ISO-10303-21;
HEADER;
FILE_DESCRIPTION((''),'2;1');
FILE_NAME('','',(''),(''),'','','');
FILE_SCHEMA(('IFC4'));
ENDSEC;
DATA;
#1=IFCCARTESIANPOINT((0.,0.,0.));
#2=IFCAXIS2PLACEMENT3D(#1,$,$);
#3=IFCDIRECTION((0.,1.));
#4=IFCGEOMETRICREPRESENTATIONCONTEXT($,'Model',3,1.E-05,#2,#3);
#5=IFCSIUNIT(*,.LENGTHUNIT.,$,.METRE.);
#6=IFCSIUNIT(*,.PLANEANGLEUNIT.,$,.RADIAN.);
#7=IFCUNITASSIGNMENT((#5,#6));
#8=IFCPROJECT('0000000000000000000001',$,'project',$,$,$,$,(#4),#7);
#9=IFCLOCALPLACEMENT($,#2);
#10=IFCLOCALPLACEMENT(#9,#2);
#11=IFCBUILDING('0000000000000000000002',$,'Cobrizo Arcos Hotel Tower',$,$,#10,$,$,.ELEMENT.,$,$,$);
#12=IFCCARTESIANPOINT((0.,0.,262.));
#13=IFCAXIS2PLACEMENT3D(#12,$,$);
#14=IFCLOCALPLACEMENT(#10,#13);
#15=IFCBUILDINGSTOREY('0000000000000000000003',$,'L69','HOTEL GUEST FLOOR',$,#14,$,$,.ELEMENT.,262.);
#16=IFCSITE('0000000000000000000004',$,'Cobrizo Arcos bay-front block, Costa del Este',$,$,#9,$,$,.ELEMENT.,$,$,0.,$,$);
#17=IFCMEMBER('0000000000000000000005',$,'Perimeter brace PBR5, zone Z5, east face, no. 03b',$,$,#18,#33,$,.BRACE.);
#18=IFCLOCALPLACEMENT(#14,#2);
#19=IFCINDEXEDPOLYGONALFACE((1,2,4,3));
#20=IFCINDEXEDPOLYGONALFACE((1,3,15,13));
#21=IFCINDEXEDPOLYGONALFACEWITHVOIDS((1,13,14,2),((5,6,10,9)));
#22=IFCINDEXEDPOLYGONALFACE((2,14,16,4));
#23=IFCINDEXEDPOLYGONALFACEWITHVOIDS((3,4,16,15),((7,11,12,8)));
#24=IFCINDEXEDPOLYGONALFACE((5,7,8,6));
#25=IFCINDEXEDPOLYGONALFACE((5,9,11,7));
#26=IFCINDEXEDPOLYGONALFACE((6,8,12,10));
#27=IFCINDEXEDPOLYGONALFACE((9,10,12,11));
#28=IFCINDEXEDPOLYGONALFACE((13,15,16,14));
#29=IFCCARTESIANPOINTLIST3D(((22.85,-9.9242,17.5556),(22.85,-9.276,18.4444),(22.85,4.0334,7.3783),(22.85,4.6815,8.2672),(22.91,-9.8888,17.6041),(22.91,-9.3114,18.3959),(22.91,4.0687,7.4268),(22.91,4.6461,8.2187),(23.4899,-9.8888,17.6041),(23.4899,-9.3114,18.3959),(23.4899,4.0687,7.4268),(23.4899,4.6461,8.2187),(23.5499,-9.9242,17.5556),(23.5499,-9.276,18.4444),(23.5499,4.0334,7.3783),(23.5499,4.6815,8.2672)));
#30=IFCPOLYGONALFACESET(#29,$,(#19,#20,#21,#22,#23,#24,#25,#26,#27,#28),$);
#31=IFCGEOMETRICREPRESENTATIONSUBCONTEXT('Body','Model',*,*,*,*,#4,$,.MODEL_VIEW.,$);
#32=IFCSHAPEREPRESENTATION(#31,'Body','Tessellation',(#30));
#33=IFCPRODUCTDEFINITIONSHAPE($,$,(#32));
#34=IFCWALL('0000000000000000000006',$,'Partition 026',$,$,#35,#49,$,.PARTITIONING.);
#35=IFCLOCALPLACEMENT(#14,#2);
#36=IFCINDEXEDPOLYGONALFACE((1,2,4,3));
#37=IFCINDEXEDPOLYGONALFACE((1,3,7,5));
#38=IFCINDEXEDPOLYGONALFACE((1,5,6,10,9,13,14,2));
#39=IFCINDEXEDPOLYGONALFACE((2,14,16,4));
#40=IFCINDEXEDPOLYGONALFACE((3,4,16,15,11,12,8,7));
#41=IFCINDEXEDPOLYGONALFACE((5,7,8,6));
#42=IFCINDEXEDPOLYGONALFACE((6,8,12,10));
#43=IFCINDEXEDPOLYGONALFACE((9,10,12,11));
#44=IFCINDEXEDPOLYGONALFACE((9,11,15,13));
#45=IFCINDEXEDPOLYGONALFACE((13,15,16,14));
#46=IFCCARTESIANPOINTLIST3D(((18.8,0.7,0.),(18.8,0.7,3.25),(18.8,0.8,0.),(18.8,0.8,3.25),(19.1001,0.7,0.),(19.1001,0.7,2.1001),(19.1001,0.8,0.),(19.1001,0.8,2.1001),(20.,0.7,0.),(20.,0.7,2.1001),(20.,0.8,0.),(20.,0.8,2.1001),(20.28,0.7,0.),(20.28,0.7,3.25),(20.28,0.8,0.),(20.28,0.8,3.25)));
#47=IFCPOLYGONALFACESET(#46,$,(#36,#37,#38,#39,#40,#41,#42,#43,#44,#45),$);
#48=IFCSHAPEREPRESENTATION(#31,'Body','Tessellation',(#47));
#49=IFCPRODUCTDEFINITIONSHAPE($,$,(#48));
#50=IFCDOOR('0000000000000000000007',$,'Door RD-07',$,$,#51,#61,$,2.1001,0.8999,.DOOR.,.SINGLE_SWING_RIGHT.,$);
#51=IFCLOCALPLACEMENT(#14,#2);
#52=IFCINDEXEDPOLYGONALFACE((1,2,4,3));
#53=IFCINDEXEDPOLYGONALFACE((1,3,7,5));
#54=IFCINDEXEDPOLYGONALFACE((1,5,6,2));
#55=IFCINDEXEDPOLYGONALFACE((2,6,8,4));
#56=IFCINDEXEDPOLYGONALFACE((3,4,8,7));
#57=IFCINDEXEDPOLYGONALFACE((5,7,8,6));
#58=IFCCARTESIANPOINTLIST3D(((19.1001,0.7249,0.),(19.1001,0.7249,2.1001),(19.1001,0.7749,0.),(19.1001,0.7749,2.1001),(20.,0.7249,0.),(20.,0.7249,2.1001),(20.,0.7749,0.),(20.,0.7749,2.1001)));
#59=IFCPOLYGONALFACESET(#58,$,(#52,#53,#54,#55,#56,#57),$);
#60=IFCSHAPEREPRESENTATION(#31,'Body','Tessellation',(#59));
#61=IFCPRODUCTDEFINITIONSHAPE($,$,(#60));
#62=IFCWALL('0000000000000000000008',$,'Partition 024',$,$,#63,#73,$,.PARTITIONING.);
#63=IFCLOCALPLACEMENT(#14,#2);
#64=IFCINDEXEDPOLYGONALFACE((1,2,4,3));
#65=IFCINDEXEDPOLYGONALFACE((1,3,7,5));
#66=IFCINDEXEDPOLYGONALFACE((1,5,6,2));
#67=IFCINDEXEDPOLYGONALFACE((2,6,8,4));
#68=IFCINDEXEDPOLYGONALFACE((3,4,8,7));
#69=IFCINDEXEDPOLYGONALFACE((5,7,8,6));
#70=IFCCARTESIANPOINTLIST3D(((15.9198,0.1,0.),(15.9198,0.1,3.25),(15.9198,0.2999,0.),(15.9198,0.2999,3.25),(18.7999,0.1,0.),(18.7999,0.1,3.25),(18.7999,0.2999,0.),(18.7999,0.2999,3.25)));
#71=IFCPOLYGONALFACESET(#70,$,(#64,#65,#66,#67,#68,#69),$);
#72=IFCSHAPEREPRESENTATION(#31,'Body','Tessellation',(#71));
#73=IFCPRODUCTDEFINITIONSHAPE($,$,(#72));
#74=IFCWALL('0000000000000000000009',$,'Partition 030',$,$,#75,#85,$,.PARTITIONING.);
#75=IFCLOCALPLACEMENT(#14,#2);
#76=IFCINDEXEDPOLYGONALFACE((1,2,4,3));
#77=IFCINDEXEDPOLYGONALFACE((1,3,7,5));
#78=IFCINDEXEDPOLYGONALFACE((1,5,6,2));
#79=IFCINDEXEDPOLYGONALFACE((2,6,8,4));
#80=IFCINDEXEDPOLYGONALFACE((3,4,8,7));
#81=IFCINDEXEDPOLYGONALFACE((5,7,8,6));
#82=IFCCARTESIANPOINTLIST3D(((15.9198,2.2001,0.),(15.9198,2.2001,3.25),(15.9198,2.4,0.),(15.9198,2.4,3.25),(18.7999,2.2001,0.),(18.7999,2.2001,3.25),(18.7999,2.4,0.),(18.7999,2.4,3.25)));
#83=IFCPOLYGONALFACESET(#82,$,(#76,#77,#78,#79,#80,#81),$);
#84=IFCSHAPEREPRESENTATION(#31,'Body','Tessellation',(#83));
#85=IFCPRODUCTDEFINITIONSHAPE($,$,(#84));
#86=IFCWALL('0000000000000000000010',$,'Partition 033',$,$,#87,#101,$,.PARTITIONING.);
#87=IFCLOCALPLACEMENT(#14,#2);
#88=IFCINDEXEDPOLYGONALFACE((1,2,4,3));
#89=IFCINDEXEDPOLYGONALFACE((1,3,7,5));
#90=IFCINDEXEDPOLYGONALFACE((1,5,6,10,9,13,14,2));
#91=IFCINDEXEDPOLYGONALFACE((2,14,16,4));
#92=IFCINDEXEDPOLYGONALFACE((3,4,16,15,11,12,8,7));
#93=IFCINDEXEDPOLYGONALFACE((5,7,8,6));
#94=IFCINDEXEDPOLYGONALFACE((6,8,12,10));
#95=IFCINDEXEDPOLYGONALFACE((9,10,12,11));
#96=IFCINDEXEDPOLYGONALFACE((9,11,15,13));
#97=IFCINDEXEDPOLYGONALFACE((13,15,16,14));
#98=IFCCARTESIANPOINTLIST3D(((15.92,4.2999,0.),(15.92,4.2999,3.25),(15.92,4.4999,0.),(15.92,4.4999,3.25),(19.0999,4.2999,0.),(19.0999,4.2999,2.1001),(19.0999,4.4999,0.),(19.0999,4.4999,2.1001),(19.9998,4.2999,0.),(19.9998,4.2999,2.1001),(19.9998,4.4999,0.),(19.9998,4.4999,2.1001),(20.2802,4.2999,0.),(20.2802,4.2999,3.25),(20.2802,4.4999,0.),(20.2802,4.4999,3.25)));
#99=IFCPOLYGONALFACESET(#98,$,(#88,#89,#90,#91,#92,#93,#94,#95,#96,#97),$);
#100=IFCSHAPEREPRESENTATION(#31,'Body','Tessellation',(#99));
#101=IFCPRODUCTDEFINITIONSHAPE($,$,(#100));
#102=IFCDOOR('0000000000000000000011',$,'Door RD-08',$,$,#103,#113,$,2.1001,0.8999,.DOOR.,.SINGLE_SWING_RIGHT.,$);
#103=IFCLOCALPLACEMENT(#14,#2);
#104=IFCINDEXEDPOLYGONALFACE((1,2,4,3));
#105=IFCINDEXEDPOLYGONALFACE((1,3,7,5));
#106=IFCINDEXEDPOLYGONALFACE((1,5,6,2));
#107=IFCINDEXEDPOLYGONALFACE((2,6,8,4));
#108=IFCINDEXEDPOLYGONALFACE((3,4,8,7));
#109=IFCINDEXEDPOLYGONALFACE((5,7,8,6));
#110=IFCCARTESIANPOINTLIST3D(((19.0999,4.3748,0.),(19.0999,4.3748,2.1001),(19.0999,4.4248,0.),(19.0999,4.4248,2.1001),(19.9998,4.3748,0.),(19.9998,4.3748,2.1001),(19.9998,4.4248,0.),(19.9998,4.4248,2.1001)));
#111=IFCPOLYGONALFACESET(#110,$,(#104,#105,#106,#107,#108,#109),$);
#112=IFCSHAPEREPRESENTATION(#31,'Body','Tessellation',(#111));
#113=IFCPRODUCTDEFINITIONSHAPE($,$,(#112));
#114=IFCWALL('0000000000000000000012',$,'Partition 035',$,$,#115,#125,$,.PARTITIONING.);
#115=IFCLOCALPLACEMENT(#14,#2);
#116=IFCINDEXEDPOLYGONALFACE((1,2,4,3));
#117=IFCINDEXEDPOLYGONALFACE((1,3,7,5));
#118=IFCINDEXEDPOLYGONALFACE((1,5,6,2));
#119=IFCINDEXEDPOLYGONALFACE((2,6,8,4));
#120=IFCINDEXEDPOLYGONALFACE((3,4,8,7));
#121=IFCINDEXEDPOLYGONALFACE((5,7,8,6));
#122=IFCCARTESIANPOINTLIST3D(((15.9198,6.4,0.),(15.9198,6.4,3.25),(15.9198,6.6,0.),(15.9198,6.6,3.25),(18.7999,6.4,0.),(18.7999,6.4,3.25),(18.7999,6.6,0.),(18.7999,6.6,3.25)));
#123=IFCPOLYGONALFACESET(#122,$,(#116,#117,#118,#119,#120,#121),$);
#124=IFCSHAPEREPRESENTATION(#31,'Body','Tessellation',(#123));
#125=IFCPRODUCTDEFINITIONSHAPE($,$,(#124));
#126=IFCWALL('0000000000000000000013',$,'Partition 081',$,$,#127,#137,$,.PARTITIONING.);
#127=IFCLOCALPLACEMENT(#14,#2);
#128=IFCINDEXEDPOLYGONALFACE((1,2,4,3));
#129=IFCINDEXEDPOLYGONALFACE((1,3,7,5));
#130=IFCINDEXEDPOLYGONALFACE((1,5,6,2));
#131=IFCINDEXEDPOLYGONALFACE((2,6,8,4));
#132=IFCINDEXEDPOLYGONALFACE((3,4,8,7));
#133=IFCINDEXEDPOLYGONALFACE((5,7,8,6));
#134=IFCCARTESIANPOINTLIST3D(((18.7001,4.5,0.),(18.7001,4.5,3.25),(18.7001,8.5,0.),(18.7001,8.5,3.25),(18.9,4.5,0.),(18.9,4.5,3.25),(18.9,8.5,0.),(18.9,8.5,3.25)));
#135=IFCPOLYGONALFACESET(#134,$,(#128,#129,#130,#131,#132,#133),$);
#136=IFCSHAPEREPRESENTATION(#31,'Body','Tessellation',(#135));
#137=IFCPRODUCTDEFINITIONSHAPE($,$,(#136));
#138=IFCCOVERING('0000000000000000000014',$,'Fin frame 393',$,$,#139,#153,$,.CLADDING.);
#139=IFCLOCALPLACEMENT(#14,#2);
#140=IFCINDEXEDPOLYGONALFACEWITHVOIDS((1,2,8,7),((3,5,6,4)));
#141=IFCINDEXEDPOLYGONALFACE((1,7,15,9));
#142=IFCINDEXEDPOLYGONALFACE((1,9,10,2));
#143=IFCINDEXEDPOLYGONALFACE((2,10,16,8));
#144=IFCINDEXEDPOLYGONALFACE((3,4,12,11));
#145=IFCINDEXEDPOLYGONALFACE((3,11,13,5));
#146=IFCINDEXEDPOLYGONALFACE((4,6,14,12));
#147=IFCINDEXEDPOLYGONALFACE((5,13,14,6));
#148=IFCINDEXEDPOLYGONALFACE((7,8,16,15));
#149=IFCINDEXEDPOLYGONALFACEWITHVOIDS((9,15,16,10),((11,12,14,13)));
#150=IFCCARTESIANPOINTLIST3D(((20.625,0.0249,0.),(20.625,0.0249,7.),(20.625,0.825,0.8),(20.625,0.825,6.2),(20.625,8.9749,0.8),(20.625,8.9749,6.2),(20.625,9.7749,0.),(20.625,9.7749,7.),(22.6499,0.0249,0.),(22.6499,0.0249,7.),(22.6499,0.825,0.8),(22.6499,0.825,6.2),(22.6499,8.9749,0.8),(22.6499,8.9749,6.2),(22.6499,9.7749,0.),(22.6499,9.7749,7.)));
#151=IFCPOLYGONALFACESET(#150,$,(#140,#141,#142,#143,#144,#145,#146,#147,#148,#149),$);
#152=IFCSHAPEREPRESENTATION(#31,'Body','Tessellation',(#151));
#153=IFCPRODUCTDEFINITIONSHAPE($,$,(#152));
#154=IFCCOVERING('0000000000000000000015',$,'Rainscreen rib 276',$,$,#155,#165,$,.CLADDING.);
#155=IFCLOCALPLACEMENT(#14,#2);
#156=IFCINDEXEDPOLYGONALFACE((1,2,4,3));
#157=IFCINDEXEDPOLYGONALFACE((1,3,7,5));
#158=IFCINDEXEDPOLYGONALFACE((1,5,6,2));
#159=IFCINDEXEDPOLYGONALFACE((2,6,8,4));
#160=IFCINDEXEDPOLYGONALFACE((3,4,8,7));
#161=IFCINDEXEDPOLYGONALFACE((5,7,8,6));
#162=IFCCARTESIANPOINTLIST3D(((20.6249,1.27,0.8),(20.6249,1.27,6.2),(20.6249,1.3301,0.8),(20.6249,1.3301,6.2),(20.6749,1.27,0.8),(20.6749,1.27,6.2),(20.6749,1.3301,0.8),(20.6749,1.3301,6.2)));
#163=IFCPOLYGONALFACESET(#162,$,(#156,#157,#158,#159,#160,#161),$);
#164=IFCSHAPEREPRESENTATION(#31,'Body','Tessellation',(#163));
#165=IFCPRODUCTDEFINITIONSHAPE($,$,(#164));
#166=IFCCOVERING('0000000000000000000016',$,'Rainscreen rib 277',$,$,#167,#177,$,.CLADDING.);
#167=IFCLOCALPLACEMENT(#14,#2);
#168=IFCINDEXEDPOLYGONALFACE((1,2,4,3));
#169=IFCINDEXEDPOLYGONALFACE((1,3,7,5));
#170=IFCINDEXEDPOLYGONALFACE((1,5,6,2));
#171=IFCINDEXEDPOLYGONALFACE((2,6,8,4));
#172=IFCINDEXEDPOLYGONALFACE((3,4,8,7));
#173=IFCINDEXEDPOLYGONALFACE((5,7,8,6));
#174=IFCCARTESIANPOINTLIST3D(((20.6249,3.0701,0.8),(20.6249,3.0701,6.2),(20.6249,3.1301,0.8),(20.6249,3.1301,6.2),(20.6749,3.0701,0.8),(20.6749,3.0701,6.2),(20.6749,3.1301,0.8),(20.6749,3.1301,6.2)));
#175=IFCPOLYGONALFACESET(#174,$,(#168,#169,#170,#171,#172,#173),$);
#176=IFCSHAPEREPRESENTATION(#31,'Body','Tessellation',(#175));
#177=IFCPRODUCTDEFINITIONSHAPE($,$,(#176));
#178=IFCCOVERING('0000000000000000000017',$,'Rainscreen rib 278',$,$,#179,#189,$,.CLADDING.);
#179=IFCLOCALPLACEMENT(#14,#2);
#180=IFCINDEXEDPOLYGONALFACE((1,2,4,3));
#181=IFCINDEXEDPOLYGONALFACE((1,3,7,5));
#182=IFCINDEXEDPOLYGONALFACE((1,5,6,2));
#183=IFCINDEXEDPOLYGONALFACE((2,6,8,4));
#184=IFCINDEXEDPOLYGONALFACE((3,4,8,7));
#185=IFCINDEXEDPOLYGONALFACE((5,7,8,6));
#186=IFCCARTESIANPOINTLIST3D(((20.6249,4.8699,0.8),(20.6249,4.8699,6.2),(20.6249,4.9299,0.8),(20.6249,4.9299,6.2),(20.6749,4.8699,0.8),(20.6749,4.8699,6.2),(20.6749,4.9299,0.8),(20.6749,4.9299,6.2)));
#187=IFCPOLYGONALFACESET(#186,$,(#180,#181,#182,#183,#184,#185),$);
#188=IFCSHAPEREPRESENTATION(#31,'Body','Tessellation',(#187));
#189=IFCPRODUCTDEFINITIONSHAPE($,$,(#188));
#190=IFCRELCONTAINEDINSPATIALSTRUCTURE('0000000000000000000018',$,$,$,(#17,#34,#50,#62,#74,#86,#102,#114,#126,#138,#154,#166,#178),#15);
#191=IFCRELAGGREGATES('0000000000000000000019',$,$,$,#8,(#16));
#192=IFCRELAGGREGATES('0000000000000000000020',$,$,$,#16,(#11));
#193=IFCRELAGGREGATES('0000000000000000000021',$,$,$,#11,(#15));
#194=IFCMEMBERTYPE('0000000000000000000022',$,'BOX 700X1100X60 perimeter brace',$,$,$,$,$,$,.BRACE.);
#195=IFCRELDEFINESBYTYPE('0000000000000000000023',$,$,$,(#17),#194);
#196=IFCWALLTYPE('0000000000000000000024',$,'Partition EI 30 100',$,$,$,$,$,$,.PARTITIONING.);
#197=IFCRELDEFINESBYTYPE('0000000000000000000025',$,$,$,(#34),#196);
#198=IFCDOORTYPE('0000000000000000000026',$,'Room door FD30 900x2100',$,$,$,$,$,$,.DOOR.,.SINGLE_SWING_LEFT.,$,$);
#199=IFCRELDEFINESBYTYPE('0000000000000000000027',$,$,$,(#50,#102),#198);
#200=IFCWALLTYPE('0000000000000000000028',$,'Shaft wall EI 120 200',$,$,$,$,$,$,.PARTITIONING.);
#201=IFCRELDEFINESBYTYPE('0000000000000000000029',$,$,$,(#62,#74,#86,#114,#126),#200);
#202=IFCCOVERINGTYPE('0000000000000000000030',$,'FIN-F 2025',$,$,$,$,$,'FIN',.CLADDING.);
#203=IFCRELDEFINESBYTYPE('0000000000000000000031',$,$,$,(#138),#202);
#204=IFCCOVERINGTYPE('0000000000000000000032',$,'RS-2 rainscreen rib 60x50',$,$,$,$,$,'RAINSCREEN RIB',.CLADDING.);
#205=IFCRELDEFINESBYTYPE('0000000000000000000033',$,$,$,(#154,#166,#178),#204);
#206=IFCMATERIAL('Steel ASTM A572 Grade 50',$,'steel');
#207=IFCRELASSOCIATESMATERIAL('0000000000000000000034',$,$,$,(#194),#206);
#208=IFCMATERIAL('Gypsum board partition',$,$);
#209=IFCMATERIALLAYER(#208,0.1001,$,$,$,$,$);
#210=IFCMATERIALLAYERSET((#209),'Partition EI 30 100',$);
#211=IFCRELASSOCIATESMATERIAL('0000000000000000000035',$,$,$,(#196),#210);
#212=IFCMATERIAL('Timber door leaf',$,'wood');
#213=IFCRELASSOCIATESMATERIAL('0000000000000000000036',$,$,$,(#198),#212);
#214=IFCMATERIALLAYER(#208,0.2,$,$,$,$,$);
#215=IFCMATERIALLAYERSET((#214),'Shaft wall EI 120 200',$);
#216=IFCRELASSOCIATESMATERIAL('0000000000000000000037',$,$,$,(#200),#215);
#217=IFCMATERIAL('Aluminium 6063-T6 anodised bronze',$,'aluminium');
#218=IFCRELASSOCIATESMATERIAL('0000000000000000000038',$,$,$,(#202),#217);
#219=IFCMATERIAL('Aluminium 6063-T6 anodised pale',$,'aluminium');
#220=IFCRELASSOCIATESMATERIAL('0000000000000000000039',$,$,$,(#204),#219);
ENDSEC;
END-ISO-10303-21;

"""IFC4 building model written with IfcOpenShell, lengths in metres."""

from ifc_helpers import new_model, si_unit, direction, frame, frame_2d, origin, origin_2d, place, context, subcontext, project, spatial, polyline, rectangle, hollow_rectangle, outline, extrude, material, layer, layer_set, material_profile, profile_set, type_object, element, fill, save


model = new_model("IFC4")

# Units and contexts
model_context = context("Model", 3, precision=1e-05, world=origin(), true_north=direction((0.0, 1.0)))
body_context = subcontext(model_context, "Body", "Model", "MODEL_VIEW")
ifc_project = project(units=[si_unit("LENGTHUNIT", "METRE"), si_unit("PLANEANGLEUNIT", "RADIAN")], contexts=[model_context])

# Site, building, storey
site_placement = place(None, origin())
site = spatial("IfcSite", under=ifc_project, at=site_placement, Name="Cobrizo Arcos bay-front block, Costa del Este", CompositionType="ELEMENT", RefElevation=0.0)
building_placement = place(site_placement, origin())
building = spatial("IfcBuilding", under=site, at=building_placement, Name="Cobrizo Arcos Hotel Tower", CompositionType="ELEMENT")
storey_placement = place(building_placement, frame((0.0, 0.0, 262.0)))
storey = spatial("IfcBuildingStorey", under=building, at=storey_placement, Name="L69", Description="HOTEL GUEST FLOOR", CompositionType="ELEMENT", Elevation=262.0)

# Member
ifc_material_1 = material(Name="Steel ASTM A572 Grade 50", Category="steel")
ifc_material_profile = material_profile(ifc_material_1, hollow_rectangle(XDim=0.7, YDim=1.1001, WallThickness=0.0601, at=origin_2d()), Name="BOX 700X1100X60")
ifc_profile_set = profile_set([ifc_material_profile], Name="Steel ASTM A572 Grade 50")
member_type = type_object("IfcMemberType", Name="BOX 700X1100X60 perimeter brace", PredefinedType="BRACE", material=ifc_profile_set)
member_placement = place(storey_placement, frame((23.2, 4.3574, 7.8228), z_axis=(0.0, -0.808011, 0.589168), x_axis=(1.0, 0.0, 0.0)))
element("IfcMember", 1, at=member_placement, inside=storey, type_object=member_type, Name="Perimeter brace PBR5, zone Z5, east face, no. 03b", PredefinedType="BRACE", context=body_context, shape_type="SweptSolid", body=[
    extrude(hollow_rectangle(XDim=0.7, YDim=1.1001, WallThickness=0.0601, at=origin_2d()), origin(), (0.0, 0.0, 1.0), 17.2739),
])

# Wall, opening, door
ifc_material_2 = material(Name="Gypsum board partition")
ifc_layer_1 = layer(ifc_material_2, 0.1001)
ifc_layer_set_1 = layer_set([ifc_layer_1], Name="Partition EI 30 100")
wall_type_1 = type_object("IfcWallType", Name="Partition EI 30 100", PredefinedType="PARTITIONING", material=ifc_layer_set_1)
wall_1_placement = place(storey_placement, frame((18.8, 0.75, 0.0), z_axis=(0.0, 0.0, 1.0), x_axis=(1.0, 0.0, 0.0)))
wall_1 = element("IfcWall", 2, at=wall_1_placement, inside=storey, type_object=wall_type_1, Name="Partition 026", PredefinedType="PARTITIONING", context=body_context, shape_type="SweptSolid", body=[
    extrude(rectangle(XDim=1.48, YDim=0.1001, at=frame_2d((0.74, 0.0))), origin(), (0.0, 0.0, 1.0), 3.25),
])
opening_1_placement = place(wall_1_placement, frame((0.3, 0.0, 0.0)))
opening_1 = element("IfcOpeningElement", 3, at=opening_1_placement, cuts=wall_1, PredefinedType="OPENING", context=body_context, shape_type="SweptSolid", body=[
    extrude(rectangle(XDim=0.8999, YDim=2.1001, at=frame_2d((0.45, 1.05))), frame((0.0, 0.062, 0.0), z_axis=(0.0, -1.0, 0.0), x_axis=(1.0, 0.0, 0.0)), (0.0, 0.0, 1.0), 0.124),
])
ifc_material_3 = material(Name="Timber door leaf", Category="wood")
door_type = type_object("IfcDoorType", Name="Room door FD30 900x2100", OperationType="SINGLE_SWING_LEFT", PredefinedType="DOOR", material=ifc_material_3)
door_1_placement = place(opening_1_placement, origin())
door_1 = element("IfcDoor", 4, at=door_1_placement, inside=storey, type_object=door_type, Name="Door RD-07", OperationType="SINGLE_SWING_RIGHT", OverallHeight=2.1001, OverallWidth=0.8999, PredefinedType="DOOR", context=body_context, shape_type="SweptSolid", body=[
    extrude(rectangle(XDim=0.8999, YDim=2.1001, at=frame_2d((0.45, 1.05))), frame((0.0, 0.0249, 0.0), z_axis=(0.0, -1.0, 0.0), x_axis=(1.0, 0.0, 0.0)), (0.0, 0.0, 1.0), 0.05),
])
fill(opening_1, door_1)

# Walls
ifc_layer_2 = layer(ifc_material_2, 0.2)
ifc_layer_set_2 = layer_set([ifc_layer_2], Name="Shaft wall EI 120 200")
wall_type_2 = type_object("IfcWallType", Name="Shaft wall EI 120 200", PredefinedType="PARTITIONING", material=ifc_layer_set_2)
for number, where, z_axis, x_axis, name in (
    (5, (15.9199, 0.2, 0.0), (0.0, 0.0, 1.0), (1.0, 0.0, 0.0), "Partition 024"),
    (6, (15.9199, 2.3, 0.0), (0.0, 0.0, 1.0), (1.0, 0.0, 0.0), "Partition 030"),
):
    element("IfcWall", number, at=place(storey_placement, frame(where, z_axis=z_axis, x_axis=x_axis)), inside=storey, type_object=wall_type_2, Name=name, PredefinedType="PARTITIONING", context=body_context, shape_type="SweptSolid", body=[
        extrude(rectangle(XDim=2.8801, YDim=0.2, at=frame_2d((1.4399, 0.0))), origin(), (0.0, 0.0, 1.0), 3.25),
    ])

# Wall, opening, door
wall_2_placement = place(storey_placement, frame((15.9199, 4.3999, 0.0), z_axis=(0.0, 0.0, 1.0), x_axis=(1.0, 0.0, 0.0)))
wall_2 = element("IfcWall", 7, at=wall_2_placement, inside=storey, type_object=wall_type_2, Name="Partition 033", PredefinedType="PARTITIONING", context=body_context, shape_type="SweptSolid", body=[
    extrude(rectangle(XDim=4.3601, YDim=0.2, at=frame_2d((2.1802, 0.0))), origin(), (0.0, 0.0, 1.0), 3.25),
])
opening_2_placement = place(wall_2_placement, frame((3.1799, 0.0, 0.0)))
opening_2 = element("IfcOpeningElement", 8, at=opening_2_placement, cuts=wall_2, PredefinedType="OPENING", context=body_context, shape_type="SweptSolid", body=[
    extrude(rectangle(XDim=0.8999, YDim=2.1001, at=frame_2d((0.45, 1.05))), frame((0.0, 0.1121, 0.0), z_axis=(0.0, -1.0, 0.0), x_axis=(1.0, 0.0, 0.0)), (0.0, 0.0, 1.0), 0.2239),
])
door_2_placement = place(opening_2_placement, origin())
door_2 = element("IfcDoor", 9, at=door_2_placement, inside=storey, type_object=door_type, Name="Door RD-08", OperationType="SINGLE_SWING_RIGHT", OverallHeight=2.1001, OverallWidth=0.8999, PredefinedType="DOOR", context=body_context, shape_type="SweptSolid", body=[
    extrude(rectangle(XDim=0.8999, YDim=2.1001, at=frame_2d((0.45, 1.05))), frame((0.0, 0.0249, 0.0), z_axis=(0.0, -1.0, 0.0), x_axis=(1.0, 0.0, 0.0)), (0.0, 0.0, 1.0), 0.05),
])
fill(opening_2, door_2)

# Walls
wall_3_placement = place(storey_placement, frame((15.9199, 6.5, 0.0), z_axis=(0.0, 0.0, 1.0), x_axis=(1.0, 0.0, 0.0)))
element("IfcWall", 10, at=wall_3_placement, inside=storey, type_object=wall_type_2, Name="Partition 035", PredefinedType="PARTITIONING", context=body_context, shape_type="SweptSolid", body=[
    extrude(rectangle(XDim=2.8801, YDim=0.2, at=frame_2d((1.4399, 0.0))), origin(), (0.0, 0.0, 1.0), 3.25),
])
wall_4_placement = place(storey_placement, frame((18.8, 4.5, 0.0), z_axis=(0.0, 0.0, 1.0), x_axis=(0.0, 1.0, 0.0)))
element("IfcWall", 11, at=wall_4_placement, inside=storey, type_object=wall_type_2, Name="Partition 081", PredefinedType="PARTITIONING", context=body_context, shape_type="SweptSolid", body=[
    extrude(rectangle(XDim=4.0, YDim=0.2, at=frame_2d((2.0, 0.0))), origin(), (0.0, 0.0, 1.0), 3.25),
])

# Coverings
ifc_material_4 = material(Name="Aluminium 6063-T6 anodised bronze", Category="aluminium")
covering_type_1 = type_object("IfcCoveringType", Name="FIN-F 2025", ElementType="FIN", PredefinedType="CLADDING", material=ifc_material_4)
covering_placement = place(storey_placement, frame((20.625, 0.0249, 0.0), z_axis=(1.0, 0.0, 0.0), x_axis=(0.0, 1.0, 0.0)))
element("IfcCovering", 12, at=covering_placement, inside=storey, type_object=covering_type_1, Name="Fin frame 393", PredefinedType="CLADDING", context=body_context, shape_type="SweptSolid", body=[
    extrude(outline(polyline([(0.0, 7.0), (0.0, 0.0), (9.75, 0.0), (9.75, 7.0), (0.0, 7.0)]), holes=[polyline([(8.95, 0.8), (0.8, 0.8), (0.8, 6.2), (8.95, 6.2), (8.95, 0.8)])]), origin(), (0.0, 0.0, 1.0), 2.0249),
])
ifc_material_5 = material(Name="Aluminium 6063-T6 anodised pale", Category="aluminium")
covering_type_2 = type_object("IfcCoveringType", Name="RS-2 rainscreen rib 60x50", ElementType="RAINSCREEN RIB", PredefinedType="CLADDING", material=ifc_material_5)
for number, where, z_axis, x_axis, name in (
    (13, (20.6499, 1.3, 0.8), (0.0, 0.0, 1.0), (0.0, 1.0, 0.0), "Rainscreen rib 276"),
    (14, (20.6499, 3.1001, 0.8), (0.0, 0.0, 1.0), (0.0, 1.0, 0.0), "Rainscreen rib 277"),
    (15, (20.6499, 4.8999, 0.8), (0.0, 0.0, 1.0), (0.0, 1.0, 0.0), "Rainscreen rib 278"),
):
    element("IfcCovering", number, at=place(storey_placement, frame(where, z_axis=z_axis, x_axis=x_axis)), inside=storey, type_object=covering_type_2, Name=name, PredefinedType="CLADDING", context=body_context, shape_type="SweptSolid", body=[
        extrude(rectangle(XDim=0.0601, YDim=0.05, at=origin_2d()), origin(), (0.0, 0.0, 1.0), 5.3999),
    ])

save(model, "model.ifc")
